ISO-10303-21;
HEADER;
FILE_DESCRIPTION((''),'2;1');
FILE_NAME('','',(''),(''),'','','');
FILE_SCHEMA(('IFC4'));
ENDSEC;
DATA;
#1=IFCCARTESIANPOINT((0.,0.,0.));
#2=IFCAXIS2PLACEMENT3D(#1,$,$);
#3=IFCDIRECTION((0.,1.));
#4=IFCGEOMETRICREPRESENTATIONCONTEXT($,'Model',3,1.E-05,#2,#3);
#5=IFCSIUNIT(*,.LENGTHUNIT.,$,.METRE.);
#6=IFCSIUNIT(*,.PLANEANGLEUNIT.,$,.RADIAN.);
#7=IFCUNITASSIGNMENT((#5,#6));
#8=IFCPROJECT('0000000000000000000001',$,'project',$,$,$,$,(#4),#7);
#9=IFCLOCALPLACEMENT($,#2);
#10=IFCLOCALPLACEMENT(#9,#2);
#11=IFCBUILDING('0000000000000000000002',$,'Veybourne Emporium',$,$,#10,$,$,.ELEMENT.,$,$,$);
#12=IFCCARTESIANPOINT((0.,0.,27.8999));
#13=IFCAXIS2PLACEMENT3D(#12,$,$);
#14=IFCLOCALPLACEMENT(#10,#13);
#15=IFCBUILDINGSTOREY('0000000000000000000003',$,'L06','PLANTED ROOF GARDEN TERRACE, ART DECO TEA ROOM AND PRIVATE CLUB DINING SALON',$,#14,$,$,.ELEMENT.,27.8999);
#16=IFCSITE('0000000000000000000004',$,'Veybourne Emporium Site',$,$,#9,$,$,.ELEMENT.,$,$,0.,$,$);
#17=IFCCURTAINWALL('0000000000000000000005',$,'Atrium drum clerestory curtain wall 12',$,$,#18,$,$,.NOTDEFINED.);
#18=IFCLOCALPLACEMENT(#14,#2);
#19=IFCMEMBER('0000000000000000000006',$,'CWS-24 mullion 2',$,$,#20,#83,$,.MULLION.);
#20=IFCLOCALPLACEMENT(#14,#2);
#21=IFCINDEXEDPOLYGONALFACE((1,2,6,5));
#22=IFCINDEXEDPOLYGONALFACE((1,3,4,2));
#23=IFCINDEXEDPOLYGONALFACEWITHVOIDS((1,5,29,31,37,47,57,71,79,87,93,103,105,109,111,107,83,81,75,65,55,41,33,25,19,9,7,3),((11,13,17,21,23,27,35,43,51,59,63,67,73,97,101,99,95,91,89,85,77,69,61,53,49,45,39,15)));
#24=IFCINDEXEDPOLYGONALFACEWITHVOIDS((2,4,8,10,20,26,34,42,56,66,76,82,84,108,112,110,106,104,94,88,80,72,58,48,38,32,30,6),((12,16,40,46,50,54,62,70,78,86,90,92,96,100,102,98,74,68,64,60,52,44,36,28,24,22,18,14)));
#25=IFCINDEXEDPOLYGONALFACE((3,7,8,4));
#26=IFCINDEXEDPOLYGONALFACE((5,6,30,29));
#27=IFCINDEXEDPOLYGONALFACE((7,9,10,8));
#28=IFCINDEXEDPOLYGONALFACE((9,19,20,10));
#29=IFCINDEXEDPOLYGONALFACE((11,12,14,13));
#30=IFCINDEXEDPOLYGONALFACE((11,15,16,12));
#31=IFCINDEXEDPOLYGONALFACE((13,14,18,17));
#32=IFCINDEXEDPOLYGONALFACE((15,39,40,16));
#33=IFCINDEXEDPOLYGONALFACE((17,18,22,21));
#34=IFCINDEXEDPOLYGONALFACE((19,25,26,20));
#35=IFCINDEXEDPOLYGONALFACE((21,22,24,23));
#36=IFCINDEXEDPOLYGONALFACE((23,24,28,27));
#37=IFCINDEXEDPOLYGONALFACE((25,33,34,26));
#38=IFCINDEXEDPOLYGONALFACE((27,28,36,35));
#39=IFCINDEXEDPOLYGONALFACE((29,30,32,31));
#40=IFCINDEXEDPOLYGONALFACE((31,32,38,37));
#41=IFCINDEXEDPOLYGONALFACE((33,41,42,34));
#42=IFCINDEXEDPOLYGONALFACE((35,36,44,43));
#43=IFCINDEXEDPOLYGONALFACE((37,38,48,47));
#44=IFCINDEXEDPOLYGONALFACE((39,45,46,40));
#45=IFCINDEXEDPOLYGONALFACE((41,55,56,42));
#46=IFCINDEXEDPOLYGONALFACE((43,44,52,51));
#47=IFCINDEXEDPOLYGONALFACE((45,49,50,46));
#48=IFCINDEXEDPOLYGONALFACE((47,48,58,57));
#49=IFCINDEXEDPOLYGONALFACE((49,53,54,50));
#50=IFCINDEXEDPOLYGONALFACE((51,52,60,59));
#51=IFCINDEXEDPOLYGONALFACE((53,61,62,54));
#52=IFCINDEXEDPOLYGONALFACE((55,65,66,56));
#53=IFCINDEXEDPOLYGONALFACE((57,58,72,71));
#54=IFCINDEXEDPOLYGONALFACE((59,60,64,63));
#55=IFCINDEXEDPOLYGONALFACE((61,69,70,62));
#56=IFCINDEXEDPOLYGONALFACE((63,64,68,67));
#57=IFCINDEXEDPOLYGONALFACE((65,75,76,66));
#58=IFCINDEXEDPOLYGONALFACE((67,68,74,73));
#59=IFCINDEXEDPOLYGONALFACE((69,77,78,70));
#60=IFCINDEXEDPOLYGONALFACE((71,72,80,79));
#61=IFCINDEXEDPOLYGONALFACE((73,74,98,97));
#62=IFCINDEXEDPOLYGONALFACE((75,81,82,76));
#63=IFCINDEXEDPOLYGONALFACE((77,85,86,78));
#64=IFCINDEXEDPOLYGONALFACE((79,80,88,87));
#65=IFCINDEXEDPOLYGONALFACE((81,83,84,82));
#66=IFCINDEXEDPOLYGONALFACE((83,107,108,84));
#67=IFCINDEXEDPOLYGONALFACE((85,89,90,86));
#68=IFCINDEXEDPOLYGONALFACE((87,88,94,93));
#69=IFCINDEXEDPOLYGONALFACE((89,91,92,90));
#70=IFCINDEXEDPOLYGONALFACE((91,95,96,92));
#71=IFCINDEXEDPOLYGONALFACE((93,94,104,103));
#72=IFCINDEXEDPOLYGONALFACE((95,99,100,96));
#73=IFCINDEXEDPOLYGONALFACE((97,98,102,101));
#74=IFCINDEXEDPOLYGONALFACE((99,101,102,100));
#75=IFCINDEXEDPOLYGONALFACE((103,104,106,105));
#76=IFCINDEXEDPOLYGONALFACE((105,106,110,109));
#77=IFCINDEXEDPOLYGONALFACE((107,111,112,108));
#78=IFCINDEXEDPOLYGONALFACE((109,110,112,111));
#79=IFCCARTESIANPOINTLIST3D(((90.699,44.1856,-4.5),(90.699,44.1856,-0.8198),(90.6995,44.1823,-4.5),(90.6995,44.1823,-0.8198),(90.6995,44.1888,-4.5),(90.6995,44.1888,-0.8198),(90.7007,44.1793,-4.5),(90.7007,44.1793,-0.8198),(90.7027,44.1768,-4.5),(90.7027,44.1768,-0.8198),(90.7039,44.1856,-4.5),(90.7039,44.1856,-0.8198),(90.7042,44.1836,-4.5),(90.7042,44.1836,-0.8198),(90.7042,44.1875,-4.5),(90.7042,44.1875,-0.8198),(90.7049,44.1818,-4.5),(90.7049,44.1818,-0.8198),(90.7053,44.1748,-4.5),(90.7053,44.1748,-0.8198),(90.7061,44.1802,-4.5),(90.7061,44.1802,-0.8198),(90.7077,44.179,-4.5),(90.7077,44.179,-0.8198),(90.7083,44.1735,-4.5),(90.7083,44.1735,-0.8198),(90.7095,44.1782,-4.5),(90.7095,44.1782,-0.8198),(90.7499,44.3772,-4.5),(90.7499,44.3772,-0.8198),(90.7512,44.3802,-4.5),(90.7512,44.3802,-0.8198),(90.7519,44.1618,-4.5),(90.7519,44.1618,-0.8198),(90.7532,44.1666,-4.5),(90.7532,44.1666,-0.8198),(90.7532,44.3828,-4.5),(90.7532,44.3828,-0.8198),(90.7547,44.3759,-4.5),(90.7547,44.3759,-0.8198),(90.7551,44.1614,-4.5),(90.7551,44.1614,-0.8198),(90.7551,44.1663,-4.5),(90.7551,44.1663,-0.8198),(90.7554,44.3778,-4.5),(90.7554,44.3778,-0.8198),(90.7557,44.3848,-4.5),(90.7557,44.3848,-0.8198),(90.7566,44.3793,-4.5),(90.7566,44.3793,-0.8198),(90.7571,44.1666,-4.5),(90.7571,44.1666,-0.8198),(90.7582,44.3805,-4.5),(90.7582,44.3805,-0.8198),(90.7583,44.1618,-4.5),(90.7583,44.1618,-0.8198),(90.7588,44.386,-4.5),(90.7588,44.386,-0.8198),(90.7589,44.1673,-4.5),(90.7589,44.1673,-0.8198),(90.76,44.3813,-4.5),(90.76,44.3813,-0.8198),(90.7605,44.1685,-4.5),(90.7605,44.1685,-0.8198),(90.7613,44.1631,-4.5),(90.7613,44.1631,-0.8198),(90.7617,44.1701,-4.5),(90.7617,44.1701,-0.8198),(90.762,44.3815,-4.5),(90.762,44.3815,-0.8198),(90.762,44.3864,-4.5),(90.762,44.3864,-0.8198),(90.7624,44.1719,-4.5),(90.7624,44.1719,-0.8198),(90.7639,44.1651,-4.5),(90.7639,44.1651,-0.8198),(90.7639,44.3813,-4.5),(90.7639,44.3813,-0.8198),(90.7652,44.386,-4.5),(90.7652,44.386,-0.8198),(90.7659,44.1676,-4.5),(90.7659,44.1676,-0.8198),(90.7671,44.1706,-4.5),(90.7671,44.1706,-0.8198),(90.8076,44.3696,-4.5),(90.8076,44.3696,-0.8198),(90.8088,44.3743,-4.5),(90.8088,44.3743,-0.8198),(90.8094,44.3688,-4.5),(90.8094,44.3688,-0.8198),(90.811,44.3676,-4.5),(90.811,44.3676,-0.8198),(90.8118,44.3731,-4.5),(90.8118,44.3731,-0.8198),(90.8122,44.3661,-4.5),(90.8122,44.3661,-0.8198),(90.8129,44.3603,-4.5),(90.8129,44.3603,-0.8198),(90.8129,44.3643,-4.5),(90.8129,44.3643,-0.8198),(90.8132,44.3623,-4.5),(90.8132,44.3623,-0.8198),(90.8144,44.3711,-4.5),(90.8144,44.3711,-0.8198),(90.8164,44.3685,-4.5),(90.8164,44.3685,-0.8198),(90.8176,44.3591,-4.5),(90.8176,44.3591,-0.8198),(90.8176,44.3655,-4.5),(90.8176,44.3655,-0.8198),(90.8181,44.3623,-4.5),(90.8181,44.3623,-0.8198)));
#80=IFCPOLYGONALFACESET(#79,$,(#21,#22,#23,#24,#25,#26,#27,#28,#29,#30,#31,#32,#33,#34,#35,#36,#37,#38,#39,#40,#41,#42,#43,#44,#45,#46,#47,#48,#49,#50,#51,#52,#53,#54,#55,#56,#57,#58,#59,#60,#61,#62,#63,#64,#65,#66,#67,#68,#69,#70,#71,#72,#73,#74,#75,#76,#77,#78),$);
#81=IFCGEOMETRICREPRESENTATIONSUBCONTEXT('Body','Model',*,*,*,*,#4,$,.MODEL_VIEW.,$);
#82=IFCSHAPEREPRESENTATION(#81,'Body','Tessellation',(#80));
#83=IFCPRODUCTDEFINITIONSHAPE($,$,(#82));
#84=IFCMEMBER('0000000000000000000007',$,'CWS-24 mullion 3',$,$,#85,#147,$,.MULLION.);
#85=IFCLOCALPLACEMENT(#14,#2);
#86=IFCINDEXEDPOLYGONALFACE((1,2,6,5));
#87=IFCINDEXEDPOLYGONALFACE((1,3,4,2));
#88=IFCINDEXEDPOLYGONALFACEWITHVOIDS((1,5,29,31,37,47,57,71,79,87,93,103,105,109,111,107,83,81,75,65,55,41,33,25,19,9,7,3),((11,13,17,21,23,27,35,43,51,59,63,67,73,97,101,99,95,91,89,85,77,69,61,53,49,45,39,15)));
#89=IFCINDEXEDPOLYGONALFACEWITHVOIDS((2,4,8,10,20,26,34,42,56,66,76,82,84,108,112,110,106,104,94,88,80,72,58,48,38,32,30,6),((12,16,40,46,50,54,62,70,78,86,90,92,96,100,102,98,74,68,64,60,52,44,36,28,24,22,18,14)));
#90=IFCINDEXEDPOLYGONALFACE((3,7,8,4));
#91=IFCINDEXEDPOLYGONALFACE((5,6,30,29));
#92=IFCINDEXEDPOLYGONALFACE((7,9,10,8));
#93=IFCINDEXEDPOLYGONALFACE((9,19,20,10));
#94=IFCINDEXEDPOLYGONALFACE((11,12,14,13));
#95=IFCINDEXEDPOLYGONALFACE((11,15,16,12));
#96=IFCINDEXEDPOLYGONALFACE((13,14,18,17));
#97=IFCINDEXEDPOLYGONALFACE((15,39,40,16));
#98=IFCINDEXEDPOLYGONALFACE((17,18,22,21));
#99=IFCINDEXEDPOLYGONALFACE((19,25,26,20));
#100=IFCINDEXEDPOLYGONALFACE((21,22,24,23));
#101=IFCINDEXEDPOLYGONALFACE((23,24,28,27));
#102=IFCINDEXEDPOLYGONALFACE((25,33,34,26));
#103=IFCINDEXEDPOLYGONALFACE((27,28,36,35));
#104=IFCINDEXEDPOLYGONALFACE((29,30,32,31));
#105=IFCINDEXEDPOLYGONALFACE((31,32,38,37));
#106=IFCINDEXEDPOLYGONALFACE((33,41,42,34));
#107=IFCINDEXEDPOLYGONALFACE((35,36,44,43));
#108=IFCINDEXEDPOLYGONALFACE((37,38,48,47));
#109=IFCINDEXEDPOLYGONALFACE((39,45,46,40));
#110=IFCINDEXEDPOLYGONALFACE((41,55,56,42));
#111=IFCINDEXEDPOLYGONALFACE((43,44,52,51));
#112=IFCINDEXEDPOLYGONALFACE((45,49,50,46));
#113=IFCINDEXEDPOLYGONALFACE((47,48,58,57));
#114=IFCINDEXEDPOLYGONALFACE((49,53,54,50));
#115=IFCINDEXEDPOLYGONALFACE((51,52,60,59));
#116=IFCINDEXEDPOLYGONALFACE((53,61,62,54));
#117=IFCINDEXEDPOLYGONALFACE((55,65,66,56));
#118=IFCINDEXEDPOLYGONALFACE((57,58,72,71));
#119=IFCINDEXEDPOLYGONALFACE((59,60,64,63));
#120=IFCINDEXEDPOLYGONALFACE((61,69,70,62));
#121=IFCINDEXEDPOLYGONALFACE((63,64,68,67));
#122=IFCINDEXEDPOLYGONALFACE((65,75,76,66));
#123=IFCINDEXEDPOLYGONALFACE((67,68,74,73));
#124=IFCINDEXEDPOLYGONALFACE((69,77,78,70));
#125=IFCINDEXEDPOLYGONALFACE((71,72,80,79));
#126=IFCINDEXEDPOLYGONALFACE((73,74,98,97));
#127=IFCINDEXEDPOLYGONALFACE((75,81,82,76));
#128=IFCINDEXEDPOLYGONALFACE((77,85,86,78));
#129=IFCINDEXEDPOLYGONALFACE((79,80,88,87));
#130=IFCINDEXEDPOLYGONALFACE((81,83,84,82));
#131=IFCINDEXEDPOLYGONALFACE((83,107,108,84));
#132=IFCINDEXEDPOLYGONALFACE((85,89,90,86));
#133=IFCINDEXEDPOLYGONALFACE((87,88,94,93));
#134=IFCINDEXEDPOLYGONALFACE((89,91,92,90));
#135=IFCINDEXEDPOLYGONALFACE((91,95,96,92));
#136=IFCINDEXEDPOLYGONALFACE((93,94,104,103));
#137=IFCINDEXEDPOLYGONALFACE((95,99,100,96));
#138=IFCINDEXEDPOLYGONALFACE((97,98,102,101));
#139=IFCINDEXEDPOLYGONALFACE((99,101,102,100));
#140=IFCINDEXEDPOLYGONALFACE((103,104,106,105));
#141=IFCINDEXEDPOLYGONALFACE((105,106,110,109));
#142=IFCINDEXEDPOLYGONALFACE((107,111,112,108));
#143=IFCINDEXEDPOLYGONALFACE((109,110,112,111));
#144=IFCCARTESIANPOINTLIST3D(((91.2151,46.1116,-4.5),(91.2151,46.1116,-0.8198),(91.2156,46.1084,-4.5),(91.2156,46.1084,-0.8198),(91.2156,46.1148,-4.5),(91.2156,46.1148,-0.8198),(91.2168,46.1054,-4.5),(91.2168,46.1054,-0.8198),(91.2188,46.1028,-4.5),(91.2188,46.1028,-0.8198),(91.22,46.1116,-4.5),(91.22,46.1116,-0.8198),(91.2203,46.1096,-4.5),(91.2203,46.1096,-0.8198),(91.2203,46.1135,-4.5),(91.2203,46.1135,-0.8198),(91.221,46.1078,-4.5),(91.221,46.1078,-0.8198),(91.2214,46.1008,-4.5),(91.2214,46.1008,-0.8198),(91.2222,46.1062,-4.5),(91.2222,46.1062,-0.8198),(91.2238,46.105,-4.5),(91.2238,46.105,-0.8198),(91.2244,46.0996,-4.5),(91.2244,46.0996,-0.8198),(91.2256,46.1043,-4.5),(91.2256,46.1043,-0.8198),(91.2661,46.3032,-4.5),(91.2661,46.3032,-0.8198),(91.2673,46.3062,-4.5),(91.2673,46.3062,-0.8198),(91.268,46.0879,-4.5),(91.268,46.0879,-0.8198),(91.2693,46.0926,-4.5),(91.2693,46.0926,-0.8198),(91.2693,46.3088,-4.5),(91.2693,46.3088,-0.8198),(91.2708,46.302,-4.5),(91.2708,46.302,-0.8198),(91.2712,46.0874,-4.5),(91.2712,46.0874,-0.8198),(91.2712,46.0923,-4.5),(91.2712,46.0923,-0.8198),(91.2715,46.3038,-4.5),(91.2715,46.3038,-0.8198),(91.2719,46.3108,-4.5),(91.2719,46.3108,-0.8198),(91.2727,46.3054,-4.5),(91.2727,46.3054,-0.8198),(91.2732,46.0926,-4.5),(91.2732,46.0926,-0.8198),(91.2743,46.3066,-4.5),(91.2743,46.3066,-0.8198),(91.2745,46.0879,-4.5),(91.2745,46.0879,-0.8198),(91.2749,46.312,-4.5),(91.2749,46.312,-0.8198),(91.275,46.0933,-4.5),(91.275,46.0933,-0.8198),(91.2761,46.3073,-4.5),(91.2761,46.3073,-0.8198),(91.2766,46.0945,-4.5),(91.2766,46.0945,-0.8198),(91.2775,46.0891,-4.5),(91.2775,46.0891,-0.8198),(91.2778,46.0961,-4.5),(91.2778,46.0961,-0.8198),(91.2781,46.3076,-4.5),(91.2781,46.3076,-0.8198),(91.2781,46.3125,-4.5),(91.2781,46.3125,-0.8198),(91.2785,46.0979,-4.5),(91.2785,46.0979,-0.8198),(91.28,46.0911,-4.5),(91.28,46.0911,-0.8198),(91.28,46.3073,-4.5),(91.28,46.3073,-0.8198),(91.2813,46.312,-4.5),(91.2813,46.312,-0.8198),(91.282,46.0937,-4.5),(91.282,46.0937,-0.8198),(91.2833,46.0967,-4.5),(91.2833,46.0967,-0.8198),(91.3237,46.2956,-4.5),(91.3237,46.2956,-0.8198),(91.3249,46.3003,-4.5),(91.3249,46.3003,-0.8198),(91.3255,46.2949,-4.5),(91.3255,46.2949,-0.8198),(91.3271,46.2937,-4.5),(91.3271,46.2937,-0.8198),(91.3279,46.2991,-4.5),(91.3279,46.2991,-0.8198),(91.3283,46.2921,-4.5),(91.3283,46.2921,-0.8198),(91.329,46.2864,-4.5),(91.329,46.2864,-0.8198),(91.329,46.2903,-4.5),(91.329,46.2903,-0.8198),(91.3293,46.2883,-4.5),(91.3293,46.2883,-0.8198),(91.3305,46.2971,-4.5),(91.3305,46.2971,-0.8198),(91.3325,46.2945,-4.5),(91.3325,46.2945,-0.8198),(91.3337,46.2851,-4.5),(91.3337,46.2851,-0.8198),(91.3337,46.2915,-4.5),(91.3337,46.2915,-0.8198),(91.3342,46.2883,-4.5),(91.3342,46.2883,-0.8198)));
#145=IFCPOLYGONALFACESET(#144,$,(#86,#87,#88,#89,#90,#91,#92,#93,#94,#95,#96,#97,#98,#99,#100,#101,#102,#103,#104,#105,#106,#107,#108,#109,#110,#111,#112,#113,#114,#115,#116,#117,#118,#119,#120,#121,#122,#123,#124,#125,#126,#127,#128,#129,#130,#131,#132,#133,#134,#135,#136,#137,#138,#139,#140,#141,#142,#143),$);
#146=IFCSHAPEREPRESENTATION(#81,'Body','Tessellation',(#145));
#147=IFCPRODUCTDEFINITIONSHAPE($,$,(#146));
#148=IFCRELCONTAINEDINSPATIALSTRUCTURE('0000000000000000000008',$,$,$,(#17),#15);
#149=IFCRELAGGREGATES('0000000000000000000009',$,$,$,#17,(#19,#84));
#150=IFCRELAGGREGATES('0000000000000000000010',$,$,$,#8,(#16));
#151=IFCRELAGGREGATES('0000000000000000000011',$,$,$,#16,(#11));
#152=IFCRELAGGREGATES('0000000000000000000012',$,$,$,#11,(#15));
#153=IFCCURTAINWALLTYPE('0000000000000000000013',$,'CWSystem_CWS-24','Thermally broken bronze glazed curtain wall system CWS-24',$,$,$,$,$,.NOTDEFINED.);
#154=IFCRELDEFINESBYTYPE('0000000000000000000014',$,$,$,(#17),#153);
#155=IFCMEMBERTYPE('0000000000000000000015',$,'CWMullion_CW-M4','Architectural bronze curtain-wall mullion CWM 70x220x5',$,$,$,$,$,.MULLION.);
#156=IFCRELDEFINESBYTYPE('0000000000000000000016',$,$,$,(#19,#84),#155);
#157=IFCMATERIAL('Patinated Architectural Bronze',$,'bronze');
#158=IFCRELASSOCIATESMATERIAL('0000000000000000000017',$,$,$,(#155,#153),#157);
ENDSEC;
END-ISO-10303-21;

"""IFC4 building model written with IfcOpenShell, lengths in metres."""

from ifc_helpers import new_model, si_unit, direction, frame, origin, origin_2d, place, context, subcontext, project, spatial, hollow_rectangle, extrude, material, material_profile, profile_set, type_object, element, aggregate, save


model = new_model("IFC4")

# Units and contexts
model_context = context("Model", 3, precision=1e-05, world=origin(), true_north=direction((0.0, 1.0)))
body_context = subcontext(model_context, "Body", "Model", "MODEL_VIEW")
ifc_project = project(units=[si_unit("LENGTHUNIT", "METRE"), si_unit("PLANEANGLEUNIT", "RADIAN")], contexts=[model_context])

# Site, building, storey
site_placement = place(None, origin())
site = spatial("IfcSite", under=ifc_project, at=site_placement, Name="Veybourne Emporium Site", CompositionType="ELEMENT", RefElevation=0.0)
building_placement = place(site_placement, origin())
building = spatial("IfcBuilding", under=site, at=building_placement, Name="Veybourne Emporium", CompositionType="ELEMENT")
storey_placement = place(building_placement, frame((0.0, 0.0, 27.8999)))
storey = spatial("IfcBuildingStorey", under=building, at=storey_placement, Name="L06", Description="PLANTED ROOF GARDEN TERRACE, ART DECO TEA ROOM AND PRIVATE CLUB DINING SALON", CompositionType="ELEMENT", Elevation=27.8999)

# Shared definitions
ifc_material_1 = material(Name="Patinated Architectural Bronze", Category="bronze")
ifc_material_profile_1 = material_profile(ifc_material_1, hollow_rectangle(XDim=0.0701, YDim=0.22, WallThickness=0.0049, InnerFilletRadius=0.0076, OuterFilletRadius=0.0125, at=origin_2d()), Name="CWM 70x220x5")
ifc_profile_set_1 = profile_set([ifc_material_profile_1], Name="Patinated Architectural Bronze")
member_type_1 = type_object("IfcMemberType", Name="CWMullion_CW-M4", Description="Architectural bronze curtain-wall mullion CWM 70x220x5", PredefinedType="MULLION", material=ifc_profile_set_1)

# Curtain wall, members
curtain_wall_type_1 = type_object("IfcCurtainWallType", Name="CWSystem_CWS-24", Description="Thermally broken bronze glazed curtain wall system CWS-24", PredefinedType="NOTDEFINED", material=ifc_material_1)
curtain_wall_1_placement = place(storey_placement, origin())
curtain_wall_1 = element("IfcCurtainWall", 1, at=curtain_wall_1_placement, inside=storey, type_object=curtain_wall_type_1, Name="Atrium drum clerestory curtain wall 12", PredefinedType="NOTDEFINED")
member_1_placement = place(storey_placement, frame((90.7585, 44.2739, -4.5), z_axis=(0.0, 0.0, 1.0), x_axis=(-0.965926, 0.25882, 0.0)))
member_1 = element("IfcMember", 2, at=member_1_placement, type_object=member_type_1, Name="CWS-24 mullion 2", PredefinedType="MULLION", context=body_context, shape_type="SweptSolid", body=[
    extrude(hollow_rectangle(XDim=0.0701, YDim=0.22, WallThickness=0.0049, InnerFilletRadius=0.0076, OuterFilletRadius=0.0125, at=origin_2d()), origin(), (0.0, 0.0, 1.0), 3.6802),
])
member_2_placement = place(storey_placement, frame((91.2747, 46.2, -4.5), z_axis=(0.0, 0.0, 1.0), x_axis=(-0.965926, 0.25882, 0.0)))
member_2 = element("IfcMember", 3, at=member_2_placement, type_object=member_type_1, Name="CWS-24 mullion 3", PredefinedType="MULLION", context=body_context, shape_type="SweptSolid", body=[
    extrude(hollow_rectangle(XDim=0.0701, YDim=0.22, WallThickness=0.0049, InnerFilletRadius=0.0076, OuterFilletRadius=0.0125, at=origin_2d()), origin(), (0.0, 0.0, 1.0), 3.6802),
])

aggregate(curtain_wall_1, [member_1, member_2])

save(model, "model.ifc")
